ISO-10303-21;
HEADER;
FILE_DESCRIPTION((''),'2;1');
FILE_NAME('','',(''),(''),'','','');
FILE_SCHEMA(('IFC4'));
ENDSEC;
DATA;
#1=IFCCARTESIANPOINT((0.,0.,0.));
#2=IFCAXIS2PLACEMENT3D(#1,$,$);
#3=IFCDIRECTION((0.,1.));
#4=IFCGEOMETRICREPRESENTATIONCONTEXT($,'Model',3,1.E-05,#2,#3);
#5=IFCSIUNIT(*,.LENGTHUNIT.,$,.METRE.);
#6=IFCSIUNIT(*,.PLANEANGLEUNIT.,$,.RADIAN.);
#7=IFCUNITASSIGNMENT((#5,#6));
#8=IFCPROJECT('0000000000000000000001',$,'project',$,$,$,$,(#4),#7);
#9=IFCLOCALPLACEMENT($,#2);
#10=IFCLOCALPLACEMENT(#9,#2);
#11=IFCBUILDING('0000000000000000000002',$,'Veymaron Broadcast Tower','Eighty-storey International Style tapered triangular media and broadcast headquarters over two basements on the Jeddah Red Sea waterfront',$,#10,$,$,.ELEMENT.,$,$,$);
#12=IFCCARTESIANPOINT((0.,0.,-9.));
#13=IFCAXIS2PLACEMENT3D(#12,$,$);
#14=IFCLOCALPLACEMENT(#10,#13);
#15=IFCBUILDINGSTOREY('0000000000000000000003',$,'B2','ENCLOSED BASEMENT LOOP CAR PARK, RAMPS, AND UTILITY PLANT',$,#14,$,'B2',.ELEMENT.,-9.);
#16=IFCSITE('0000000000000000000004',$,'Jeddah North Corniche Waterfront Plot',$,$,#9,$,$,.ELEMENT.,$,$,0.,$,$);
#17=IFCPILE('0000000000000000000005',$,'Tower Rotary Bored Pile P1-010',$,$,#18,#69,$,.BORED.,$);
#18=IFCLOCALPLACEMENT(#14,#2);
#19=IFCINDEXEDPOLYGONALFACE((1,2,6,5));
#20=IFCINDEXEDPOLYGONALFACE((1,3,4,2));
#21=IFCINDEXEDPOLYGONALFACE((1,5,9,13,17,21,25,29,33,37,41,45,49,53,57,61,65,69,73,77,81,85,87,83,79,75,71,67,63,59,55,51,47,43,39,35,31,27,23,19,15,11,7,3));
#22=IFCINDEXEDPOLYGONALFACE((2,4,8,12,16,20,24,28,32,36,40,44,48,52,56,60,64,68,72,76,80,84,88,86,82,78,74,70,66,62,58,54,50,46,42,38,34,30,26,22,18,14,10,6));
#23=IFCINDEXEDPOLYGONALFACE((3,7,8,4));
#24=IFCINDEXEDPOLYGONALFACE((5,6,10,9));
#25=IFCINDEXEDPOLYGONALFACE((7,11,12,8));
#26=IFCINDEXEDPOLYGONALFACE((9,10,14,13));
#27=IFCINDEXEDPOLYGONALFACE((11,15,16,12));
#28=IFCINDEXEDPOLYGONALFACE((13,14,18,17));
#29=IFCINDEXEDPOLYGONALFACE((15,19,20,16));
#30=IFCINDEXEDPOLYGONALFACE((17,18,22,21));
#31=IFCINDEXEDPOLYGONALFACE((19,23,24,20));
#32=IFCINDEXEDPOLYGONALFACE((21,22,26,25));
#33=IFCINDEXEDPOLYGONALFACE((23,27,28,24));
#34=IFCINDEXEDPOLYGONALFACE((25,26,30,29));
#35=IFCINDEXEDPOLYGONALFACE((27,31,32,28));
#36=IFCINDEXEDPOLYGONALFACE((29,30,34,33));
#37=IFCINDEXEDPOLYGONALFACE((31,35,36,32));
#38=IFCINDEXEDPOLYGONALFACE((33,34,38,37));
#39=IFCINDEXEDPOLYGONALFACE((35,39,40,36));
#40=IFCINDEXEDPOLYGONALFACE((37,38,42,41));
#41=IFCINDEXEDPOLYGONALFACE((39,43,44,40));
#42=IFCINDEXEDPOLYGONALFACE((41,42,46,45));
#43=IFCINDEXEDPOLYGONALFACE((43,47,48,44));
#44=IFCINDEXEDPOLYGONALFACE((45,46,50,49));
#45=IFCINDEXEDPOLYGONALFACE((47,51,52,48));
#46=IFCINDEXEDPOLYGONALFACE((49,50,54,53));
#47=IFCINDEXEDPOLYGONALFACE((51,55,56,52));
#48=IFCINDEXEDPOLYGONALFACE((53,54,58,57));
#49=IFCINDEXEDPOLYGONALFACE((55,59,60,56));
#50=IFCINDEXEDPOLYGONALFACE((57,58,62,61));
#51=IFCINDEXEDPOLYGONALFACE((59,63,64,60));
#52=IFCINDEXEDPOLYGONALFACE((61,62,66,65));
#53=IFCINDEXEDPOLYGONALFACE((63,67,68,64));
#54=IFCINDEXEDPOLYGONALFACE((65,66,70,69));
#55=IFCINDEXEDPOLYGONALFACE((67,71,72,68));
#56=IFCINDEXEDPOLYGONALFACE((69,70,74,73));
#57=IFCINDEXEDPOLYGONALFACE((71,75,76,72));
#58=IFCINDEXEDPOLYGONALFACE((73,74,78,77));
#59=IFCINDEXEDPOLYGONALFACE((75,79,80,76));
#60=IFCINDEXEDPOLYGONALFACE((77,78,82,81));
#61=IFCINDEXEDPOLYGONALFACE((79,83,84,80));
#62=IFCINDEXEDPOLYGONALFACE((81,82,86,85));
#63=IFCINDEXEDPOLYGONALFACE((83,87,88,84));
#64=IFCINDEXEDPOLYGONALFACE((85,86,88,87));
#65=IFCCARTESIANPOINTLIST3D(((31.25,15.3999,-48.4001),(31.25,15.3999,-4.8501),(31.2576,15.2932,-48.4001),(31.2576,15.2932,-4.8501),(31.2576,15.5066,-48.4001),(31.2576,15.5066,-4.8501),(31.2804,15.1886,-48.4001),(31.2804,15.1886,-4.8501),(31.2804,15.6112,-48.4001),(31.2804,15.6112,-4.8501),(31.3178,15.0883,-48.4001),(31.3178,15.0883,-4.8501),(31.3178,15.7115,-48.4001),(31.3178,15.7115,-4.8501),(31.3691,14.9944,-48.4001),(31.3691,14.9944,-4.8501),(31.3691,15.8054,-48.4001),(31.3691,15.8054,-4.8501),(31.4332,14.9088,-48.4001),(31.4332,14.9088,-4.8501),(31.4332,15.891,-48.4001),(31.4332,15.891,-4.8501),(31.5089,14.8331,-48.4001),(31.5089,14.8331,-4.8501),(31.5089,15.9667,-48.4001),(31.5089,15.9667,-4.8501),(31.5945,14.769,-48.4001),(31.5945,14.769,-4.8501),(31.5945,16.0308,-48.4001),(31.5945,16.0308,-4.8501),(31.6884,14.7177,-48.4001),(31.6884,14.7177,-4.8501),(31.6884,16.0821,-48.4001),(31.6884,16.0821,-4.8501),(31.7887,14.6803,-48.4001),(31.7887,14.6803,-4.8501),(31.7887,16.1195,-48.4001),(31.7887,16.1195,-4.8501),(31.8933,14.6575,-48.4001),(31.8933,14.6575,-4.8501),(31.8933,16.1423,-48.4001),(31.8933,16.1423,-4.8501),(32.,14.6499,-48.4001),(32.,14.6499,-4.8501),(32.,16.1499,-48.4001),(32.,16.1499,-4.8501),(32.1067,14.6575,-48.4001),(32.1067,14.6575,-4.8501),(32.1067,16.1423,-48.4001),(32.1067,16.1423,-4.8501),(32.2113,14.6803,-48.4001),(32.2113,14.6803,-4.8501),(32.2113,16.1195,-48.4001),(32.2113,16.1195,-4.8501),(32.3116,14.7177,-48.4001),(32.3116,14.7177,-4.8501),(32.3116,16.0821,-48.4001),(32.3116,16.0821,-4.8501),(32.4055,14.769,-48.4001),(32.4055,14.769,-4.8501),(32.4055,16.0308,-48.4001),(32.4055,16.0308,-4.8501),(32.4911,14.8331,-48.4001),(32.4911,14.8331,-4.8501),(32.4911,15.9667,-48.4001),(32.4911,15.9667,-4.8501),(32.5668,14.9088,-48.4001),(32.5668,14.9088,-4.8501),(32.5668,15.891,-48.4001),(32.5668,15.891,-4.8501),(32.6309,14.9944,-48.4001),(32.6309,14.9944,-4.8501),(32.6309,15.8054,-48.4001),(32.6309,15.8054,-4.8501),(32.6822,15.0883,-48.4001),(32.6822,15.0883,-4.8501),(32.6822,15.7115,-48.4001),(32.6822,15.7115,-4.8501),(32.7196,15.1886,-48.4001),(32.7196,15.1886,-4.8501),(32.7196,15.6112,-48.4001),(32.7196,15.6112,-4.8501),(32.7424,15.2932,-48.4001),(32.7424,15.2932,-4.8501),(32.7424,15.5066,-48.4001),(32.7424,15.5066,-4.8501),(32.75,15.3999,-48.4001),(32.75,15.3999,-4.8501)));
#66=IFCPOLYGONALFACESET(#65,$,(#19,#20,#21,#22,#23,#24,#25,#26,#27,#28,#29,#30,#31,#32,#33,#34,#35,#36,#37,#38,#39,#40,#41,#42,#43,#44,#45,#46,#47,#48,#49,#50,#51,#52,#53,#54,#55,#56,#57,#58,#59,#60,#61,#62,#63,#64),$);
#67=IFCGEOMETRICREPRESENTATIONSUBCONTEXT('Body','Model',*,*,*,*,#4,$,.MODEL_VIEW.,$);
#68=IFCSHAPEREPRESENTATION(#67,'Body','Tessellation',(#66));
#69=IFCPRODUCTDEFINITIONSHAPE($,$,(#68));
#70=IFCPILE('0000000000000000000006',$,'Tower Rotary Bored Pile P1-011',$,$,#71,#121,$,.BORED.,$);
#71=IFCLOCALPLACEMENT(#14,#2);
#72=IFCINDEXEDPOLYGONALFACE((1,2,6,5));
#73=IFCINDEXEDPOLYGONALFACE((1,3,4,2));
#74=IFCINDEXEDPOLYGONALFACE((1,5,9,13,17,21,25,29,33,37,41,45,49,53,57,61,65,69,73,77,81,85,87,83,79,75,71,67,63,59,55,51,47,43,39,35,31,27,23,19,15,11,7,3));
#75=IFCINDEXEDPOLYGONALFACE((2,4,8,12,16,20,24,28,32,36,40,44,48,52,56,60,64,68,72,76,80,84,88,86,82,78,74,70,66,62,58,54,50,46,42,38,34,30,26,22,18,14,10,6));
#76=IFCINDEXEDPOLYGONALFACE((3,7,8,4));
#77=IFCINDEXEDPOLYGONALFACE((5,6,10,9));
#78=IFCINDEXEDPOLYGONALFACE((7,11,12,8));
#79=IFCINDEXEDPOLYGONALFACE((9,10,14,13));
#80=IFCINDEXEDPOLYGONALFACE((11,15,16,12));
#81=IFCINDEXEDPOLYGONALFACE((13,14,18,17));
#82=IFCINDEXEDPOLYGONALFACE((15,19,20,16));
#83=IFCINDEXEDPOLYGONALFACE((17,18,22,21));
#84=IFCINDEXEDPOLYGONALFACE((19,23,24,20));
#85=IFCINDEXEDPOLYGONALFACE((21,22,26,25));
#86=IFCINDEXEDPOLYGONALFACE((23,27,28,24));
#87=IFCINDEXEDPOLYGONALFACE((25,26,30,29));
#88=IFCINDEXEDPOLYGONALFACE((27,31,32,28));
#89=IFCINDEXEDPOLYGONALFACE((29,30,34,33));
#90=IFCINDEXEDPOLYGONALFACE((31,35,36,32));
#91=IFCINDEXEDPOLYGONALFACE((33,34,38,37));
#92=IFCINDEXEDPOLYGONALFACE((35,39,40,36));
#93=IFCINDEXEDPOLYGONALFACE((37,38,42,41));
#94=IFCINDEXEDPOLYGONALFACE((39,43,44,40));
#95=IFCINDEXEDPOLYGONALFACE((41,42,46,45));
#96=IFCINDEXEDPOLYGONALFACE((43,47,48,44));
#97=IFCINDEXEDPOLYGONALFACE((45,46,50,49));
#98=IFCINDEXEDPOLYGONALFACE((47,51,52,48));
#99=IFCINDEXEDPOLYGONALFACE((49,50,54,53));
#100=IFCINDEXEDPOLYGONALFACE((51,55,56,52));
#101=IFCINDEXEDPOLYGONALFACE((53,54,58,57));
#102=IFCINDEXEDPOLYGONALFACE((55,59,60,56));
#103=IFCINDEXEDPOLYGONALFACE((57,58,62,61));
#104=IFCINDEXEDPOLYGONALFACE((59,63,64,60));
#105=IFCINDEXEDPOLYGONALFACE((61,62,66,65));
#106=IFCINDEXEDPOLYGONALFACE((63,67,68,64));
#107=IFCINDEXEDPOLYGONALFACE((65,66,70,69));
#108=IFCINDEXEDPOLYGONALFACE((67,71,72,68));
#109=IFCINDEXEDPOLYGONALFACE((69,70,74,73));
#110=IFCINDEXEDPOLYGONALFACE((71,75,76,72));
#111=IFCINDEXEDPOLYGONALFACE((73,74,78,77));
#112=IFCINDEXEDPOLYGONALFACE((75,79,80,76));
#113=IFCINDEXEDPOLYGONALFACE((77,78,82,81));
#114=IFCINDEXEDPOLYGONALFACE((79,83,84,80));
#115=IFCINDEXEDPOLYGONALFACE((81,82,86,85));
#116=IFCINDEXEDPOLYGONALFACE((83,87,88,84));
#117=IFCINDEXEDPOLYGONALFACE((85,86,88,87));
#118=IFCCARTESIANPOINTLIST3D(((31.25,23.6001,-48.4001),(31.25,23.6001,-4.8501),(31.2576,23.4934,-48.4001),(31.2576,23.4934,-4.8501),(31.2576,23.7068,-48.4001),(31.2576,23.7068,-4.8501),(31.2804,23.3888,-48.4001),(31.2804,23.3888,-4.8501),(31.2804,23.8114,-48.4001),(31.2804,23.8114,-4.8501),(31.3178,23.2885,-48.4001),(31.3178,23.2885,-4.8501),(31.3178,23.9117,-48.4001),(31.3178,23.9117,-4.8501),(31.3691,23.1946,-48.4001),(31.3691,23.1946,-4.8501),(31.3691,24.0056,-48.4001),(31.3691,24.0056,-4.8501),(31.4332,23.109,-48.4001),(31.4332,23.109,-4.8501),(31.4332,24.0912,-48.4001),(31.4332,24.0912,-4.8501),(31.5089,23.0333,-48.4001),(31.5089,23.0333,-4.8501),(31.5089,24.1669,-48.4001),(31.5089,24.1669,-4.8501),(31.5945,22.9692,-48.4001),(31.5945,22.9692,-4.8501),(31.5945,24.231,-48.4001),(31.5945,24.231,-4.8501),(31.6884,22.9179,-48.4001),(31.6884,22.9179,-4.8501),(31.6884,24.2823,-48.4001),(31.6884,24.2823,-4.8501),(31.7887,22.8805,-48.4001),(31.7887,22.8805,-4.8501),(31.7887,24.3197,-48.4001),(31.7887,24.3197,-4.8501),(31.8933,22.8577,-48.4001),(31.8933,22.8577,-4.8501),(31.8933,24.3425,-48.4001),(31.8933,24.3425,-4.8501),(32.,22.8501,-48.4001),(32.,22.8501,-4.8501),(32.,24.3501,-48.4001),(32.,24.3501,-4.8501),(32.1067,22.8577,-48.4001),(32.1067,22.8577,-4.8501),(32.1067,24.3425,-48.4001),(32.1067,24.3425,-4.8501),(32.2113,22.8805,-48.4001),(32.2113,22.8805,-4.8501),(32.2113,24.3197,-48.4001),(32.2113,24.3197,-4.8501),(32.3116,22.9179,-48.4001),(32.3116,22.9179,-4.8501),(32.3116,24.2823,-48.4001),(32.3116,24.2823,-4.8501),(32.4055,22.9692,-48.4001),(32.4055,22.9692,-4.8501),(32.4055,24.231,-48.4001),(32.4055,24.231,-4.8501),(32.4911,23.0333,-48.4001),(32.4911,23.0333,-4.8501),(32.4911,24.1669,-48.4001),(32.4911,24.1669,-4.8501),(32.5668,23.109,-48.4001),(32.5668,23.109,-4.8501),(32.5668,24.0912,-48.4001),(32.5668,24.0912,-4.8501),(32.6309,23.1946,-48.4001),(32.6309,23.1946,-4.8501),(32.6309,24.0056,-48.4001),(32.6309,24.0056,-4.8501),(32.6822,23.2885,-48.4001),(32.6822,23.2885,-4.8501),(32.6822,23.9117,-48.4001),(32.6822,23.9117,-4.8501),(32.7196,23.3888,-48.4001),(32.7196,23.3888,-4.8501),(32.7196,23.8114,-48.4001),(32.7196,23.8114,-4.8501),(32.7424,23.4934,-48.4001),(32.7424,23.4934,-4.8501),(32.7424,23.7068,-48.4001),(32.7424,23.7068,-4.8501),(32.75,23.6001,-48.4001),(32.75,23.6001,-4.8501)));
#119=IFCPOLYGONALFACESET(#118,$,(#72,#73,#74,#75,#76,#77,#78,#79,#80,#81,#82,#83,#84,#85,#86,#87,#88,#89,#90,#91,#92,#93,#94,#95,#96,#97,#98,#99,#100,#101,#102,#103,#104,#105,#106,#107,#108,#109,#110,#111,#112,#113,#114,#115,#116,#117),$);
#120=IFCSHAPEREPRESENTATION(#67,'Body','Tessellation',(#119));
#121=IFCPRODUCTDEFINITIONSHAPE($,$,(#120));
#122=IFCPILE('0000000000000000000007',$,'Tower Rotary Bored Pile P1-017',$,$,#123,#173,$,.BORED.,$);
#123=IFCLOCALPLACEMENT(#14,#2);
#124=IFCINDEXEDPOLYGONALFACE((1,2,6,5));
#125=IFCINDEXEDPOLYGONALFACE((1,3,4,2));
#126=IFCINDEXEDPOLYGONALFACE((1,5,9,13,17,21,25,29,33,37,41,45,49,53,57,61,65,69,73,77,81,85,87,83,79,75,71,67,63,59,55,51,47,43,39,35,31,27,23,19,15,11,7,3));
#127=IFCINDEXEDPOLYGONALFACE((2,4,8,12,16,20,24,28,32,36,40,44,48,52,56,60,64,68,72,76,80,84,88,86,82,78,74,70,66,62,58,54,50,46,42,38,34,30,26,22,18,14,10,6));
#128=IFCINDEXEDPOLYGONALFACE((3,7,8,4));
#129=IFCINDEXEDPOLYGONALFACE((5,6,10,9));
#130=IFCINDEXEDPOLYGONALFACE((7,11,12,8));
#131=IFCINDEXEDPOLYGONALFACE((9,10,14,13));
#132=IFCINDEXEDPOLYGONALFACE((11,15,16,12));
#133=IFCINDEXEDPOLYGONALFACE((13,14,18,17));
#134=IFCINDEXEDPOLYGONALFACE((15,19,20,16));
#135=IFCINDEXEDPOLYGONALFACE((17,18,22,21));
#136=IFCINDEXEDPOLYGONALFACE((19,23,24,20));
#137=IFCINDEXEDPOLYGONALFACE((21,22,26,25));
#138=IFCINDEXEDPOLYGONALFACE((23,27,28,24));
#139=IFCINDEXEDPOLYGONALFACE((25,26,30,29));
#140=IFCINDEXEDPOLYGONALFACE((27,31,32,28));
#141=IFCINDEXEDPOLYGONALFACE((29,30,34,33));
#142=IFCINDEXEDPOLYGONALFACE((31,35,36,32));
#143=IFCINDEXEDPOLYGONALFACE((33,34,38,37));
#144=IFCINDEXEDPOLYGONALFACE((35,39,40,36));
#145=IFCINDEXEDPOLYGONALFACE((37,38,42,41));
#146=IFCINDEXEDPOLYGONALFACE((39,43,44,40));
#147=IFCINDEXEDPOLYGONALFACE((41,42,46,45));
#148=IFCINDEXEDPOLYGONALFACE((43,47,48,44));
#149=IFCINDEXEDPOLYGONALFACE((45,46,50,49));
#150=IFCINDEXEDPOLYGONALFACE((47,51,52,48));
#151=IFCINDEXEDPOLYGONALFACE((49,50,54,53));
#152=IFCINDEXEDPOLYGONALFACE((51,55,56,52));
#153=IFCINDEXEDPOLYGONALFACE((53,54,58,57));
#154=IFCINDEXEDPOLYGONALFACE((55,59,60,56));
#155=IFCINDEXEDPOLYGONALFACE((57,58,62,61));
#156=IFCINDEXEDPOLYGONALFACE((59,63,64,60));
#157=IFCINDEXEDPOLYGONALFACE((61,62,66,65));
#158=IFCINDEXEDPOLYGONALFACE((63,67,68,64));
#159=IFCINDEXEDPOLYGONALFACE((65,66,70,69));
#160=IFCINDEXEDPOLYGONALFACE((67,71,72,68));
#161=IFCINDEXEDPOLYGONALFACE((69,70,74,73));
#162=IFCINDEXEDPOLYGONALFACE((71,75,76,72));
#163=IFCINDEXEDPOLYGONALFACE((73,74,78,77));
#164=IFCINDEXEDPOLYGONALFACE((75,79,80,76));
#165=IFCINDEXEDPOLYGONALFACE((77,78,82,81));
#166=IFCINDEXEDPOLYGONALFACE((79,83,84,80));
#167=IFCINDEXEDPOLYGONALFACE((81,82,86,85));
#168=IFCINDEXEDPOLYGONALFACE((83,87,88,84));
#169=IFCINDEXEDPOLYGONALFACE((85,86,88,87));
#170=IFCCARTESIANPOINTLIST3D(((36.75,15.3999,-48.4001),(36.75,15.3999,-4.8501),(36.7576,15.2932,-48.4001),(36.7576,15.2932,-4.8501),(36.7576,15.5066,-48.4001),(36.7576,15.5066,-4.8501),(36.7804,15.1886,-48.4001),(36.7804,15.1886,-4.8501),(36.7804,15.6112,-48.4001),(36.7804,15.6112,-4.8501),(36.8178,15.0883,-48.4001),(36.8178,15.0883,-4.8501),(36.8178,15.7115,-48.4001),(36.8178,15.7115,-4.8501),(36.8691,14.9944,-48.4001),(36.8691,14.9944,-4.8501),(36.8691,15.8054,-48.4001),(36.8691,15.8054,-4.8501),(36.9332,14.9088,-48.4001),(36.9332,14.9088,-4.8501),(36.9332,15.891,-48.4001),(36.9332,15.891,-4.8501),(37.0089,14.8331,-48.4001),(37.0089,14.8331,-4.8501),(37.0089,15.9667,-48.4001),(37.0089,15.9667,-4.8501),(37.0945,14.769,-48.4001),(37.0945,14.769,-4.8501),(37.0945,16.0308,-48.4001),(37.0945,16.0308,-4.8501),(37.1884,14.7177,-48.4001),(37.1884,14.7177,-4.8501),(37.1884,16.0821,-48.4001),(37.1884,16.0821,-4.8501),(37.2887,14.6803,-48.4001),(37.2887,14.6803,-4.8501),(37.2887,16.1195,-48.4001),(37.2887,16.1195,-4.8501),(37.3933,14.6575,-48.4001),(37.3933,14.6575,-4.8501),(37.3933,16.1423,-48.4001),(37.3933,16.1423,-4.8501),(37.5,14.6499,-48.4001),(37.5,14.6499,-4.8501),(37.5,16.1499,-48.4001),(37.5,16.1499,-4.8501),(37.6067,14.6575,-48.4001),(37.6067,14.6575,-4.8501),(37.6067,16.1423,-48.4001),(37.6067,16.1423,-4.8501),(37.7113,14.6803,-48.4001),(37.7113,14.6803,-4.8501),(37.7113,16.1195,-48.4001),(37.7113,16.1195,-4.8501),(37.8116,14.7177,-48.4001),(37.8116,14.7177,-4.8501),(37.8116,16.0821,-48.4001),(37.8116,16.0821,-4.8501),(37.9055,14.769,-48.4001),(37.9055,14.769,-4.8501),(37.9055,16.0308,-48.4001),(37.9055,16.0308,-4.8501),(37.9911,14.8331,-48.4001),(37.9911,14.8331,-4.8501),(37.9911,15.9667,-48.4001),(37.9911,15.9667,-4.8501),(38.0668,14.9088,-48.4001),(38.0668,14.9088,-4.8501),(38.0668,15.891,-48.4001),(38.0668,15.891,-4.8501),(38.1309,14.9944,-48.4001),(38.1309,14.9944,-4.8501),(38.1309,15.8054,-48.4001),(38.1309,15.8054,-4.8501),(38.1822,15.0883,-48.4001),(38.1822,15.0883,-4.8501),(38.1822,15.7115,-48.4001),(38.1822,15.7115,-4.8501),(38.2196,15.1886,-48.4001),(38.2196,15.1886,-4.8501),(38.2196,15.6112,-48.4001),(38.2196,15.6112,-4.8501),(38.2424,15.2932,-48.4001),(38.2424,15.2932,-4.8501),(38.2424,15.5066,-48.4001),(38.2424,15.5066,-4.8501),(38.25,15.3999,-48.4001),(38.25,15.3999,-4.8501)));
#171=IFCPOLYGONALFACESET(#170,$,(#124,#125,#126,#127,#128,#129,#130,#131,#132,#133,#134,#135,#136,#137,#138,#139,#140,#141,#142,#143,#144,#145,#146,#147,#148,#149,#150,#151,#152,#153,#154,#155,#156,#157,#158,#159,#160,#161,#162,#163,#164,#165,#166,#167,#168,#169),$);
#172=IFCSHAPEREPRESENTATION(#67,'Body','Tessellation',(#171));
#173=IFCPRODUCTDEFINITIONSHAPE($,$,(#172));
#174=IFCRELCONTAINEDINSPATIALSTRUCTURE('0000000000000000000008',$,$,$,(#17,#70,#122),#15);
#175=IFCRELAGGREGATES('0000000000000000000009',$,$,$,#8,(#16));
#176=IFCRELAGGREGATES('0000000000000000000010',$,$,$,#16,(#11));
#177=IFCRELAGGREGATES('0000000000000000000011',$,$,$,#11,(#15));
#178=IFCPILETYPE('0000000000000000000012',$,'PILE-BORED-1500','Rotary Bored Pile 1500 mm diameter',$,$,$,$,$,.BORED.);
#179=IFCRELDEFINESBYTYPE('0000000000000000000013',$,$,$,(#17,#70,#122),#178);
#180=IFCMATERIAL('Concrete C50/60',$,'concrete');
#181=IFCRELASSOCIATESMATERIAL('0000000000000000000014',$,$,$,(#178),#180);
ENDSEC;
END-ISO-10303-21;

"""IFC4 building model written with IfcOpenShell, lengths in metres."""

from ifc_helpers import new_model, si_unit, direction, frame, origin, origin_2d, place, context, subcontext, project, spatial, circle, extrude, material, material_profile, profile_set, type_object, element, save


model = new_model("IFC4")

# Units and contexts
model_context = context("Model", 3, precision=1e-05, world=origin(), true_north=direction((0.0, 1.0)))
body_context = subcontext(model_context, "Body", "Model", "MODEL_VIEW")
ifc_project = project(units=[si_unit("LENGTHUNIT", "METRE"), si_unit("PLANEANGLEUNIT", "RADIAN")], contexts=[model_context])

# Site, building, storey
site_placement = place(None, origin())
site = spatial("IfcSite", under=ifc_project, at=site_placement, Name="Jeddah North Corniche Waterfront Plot", CompositionType="ELEMENT", RefElevation=0.0)
building_placement = place(site_placement, origin())
building = spatial("IfcBuilding", under=site, at=building_placement, Name="Veymaron Broadcast Tower", Description="Eighty-storey International Style tapered triangular media and broadcast headquarters over two basements on the Jeddah Red Sea waterfront", CompositionType="ELEMENT")
storey_placement = place(building_placement, frame((0.0, 0.0, -9.0)))
storey = spatial("IfcBuildingStorey", under=building, at=storey_placement, Name="B2", Description="ENCLOSED BASEMENT LOOP CAR PARK, RAMPS, AND UTILITY PLANT", LongName="B2", CompositionType="ELEMENT", Elevation=-9.0)

# Piles
ifc_material_1 = material(Name="Concrete C50/60", Category="concrete")
ifc_material_profile_1 = material_profile(ifc_material_1, circle(Radius=0.75, at=origin_2d()), Name="PILE1500")
ifc_profile_set_1 = profile_set([ifc_material_profile_1], Name="Concrete C50/60")
pile_type = type_object("IfcPileType", Name="PILE-BORED-1500", Description="Rotary Bored Pile 1500 mm diameter", PredefinedType="BORED", material=ifc_profile_set_1)
for number, where, z_axis, x_axis, name in (
    (1, (32.0, 15.3999, -4.8501), (0.0, 0.0, -1.0), (1.0, 0.0, 0.0), "Tower Rotary Bored Pile P1-010"),
    (2, (32.0, 23.6001, -4.8501), (0.0, 0.0, -1.0), (1.0, 0.0, 0.0), "Tower Rotary Bored Pile P1-011"),
    (3, (37.5, 15.3999, -4.8501), (0.0, 0.0, -1.0), (1.0, 0.0, 0.0), "Tower Rotary Bored Pile P1-017"),
):
    element("IfcPile", number, at=place(storey_placement, frame(where, z_axis=z_axis, x_axis=x_axis)), inside=storey, type_object=pile_type, Name=name, PredefinedType="BORED", context=body_context, shape_type="SweptSolid", body=[
        extrude(circle(Radius=0.75, at=origin_2d()), origin(), (0.0, 0.0, 1.0), 43.55),
    ])

save(model, "model.ifc")
